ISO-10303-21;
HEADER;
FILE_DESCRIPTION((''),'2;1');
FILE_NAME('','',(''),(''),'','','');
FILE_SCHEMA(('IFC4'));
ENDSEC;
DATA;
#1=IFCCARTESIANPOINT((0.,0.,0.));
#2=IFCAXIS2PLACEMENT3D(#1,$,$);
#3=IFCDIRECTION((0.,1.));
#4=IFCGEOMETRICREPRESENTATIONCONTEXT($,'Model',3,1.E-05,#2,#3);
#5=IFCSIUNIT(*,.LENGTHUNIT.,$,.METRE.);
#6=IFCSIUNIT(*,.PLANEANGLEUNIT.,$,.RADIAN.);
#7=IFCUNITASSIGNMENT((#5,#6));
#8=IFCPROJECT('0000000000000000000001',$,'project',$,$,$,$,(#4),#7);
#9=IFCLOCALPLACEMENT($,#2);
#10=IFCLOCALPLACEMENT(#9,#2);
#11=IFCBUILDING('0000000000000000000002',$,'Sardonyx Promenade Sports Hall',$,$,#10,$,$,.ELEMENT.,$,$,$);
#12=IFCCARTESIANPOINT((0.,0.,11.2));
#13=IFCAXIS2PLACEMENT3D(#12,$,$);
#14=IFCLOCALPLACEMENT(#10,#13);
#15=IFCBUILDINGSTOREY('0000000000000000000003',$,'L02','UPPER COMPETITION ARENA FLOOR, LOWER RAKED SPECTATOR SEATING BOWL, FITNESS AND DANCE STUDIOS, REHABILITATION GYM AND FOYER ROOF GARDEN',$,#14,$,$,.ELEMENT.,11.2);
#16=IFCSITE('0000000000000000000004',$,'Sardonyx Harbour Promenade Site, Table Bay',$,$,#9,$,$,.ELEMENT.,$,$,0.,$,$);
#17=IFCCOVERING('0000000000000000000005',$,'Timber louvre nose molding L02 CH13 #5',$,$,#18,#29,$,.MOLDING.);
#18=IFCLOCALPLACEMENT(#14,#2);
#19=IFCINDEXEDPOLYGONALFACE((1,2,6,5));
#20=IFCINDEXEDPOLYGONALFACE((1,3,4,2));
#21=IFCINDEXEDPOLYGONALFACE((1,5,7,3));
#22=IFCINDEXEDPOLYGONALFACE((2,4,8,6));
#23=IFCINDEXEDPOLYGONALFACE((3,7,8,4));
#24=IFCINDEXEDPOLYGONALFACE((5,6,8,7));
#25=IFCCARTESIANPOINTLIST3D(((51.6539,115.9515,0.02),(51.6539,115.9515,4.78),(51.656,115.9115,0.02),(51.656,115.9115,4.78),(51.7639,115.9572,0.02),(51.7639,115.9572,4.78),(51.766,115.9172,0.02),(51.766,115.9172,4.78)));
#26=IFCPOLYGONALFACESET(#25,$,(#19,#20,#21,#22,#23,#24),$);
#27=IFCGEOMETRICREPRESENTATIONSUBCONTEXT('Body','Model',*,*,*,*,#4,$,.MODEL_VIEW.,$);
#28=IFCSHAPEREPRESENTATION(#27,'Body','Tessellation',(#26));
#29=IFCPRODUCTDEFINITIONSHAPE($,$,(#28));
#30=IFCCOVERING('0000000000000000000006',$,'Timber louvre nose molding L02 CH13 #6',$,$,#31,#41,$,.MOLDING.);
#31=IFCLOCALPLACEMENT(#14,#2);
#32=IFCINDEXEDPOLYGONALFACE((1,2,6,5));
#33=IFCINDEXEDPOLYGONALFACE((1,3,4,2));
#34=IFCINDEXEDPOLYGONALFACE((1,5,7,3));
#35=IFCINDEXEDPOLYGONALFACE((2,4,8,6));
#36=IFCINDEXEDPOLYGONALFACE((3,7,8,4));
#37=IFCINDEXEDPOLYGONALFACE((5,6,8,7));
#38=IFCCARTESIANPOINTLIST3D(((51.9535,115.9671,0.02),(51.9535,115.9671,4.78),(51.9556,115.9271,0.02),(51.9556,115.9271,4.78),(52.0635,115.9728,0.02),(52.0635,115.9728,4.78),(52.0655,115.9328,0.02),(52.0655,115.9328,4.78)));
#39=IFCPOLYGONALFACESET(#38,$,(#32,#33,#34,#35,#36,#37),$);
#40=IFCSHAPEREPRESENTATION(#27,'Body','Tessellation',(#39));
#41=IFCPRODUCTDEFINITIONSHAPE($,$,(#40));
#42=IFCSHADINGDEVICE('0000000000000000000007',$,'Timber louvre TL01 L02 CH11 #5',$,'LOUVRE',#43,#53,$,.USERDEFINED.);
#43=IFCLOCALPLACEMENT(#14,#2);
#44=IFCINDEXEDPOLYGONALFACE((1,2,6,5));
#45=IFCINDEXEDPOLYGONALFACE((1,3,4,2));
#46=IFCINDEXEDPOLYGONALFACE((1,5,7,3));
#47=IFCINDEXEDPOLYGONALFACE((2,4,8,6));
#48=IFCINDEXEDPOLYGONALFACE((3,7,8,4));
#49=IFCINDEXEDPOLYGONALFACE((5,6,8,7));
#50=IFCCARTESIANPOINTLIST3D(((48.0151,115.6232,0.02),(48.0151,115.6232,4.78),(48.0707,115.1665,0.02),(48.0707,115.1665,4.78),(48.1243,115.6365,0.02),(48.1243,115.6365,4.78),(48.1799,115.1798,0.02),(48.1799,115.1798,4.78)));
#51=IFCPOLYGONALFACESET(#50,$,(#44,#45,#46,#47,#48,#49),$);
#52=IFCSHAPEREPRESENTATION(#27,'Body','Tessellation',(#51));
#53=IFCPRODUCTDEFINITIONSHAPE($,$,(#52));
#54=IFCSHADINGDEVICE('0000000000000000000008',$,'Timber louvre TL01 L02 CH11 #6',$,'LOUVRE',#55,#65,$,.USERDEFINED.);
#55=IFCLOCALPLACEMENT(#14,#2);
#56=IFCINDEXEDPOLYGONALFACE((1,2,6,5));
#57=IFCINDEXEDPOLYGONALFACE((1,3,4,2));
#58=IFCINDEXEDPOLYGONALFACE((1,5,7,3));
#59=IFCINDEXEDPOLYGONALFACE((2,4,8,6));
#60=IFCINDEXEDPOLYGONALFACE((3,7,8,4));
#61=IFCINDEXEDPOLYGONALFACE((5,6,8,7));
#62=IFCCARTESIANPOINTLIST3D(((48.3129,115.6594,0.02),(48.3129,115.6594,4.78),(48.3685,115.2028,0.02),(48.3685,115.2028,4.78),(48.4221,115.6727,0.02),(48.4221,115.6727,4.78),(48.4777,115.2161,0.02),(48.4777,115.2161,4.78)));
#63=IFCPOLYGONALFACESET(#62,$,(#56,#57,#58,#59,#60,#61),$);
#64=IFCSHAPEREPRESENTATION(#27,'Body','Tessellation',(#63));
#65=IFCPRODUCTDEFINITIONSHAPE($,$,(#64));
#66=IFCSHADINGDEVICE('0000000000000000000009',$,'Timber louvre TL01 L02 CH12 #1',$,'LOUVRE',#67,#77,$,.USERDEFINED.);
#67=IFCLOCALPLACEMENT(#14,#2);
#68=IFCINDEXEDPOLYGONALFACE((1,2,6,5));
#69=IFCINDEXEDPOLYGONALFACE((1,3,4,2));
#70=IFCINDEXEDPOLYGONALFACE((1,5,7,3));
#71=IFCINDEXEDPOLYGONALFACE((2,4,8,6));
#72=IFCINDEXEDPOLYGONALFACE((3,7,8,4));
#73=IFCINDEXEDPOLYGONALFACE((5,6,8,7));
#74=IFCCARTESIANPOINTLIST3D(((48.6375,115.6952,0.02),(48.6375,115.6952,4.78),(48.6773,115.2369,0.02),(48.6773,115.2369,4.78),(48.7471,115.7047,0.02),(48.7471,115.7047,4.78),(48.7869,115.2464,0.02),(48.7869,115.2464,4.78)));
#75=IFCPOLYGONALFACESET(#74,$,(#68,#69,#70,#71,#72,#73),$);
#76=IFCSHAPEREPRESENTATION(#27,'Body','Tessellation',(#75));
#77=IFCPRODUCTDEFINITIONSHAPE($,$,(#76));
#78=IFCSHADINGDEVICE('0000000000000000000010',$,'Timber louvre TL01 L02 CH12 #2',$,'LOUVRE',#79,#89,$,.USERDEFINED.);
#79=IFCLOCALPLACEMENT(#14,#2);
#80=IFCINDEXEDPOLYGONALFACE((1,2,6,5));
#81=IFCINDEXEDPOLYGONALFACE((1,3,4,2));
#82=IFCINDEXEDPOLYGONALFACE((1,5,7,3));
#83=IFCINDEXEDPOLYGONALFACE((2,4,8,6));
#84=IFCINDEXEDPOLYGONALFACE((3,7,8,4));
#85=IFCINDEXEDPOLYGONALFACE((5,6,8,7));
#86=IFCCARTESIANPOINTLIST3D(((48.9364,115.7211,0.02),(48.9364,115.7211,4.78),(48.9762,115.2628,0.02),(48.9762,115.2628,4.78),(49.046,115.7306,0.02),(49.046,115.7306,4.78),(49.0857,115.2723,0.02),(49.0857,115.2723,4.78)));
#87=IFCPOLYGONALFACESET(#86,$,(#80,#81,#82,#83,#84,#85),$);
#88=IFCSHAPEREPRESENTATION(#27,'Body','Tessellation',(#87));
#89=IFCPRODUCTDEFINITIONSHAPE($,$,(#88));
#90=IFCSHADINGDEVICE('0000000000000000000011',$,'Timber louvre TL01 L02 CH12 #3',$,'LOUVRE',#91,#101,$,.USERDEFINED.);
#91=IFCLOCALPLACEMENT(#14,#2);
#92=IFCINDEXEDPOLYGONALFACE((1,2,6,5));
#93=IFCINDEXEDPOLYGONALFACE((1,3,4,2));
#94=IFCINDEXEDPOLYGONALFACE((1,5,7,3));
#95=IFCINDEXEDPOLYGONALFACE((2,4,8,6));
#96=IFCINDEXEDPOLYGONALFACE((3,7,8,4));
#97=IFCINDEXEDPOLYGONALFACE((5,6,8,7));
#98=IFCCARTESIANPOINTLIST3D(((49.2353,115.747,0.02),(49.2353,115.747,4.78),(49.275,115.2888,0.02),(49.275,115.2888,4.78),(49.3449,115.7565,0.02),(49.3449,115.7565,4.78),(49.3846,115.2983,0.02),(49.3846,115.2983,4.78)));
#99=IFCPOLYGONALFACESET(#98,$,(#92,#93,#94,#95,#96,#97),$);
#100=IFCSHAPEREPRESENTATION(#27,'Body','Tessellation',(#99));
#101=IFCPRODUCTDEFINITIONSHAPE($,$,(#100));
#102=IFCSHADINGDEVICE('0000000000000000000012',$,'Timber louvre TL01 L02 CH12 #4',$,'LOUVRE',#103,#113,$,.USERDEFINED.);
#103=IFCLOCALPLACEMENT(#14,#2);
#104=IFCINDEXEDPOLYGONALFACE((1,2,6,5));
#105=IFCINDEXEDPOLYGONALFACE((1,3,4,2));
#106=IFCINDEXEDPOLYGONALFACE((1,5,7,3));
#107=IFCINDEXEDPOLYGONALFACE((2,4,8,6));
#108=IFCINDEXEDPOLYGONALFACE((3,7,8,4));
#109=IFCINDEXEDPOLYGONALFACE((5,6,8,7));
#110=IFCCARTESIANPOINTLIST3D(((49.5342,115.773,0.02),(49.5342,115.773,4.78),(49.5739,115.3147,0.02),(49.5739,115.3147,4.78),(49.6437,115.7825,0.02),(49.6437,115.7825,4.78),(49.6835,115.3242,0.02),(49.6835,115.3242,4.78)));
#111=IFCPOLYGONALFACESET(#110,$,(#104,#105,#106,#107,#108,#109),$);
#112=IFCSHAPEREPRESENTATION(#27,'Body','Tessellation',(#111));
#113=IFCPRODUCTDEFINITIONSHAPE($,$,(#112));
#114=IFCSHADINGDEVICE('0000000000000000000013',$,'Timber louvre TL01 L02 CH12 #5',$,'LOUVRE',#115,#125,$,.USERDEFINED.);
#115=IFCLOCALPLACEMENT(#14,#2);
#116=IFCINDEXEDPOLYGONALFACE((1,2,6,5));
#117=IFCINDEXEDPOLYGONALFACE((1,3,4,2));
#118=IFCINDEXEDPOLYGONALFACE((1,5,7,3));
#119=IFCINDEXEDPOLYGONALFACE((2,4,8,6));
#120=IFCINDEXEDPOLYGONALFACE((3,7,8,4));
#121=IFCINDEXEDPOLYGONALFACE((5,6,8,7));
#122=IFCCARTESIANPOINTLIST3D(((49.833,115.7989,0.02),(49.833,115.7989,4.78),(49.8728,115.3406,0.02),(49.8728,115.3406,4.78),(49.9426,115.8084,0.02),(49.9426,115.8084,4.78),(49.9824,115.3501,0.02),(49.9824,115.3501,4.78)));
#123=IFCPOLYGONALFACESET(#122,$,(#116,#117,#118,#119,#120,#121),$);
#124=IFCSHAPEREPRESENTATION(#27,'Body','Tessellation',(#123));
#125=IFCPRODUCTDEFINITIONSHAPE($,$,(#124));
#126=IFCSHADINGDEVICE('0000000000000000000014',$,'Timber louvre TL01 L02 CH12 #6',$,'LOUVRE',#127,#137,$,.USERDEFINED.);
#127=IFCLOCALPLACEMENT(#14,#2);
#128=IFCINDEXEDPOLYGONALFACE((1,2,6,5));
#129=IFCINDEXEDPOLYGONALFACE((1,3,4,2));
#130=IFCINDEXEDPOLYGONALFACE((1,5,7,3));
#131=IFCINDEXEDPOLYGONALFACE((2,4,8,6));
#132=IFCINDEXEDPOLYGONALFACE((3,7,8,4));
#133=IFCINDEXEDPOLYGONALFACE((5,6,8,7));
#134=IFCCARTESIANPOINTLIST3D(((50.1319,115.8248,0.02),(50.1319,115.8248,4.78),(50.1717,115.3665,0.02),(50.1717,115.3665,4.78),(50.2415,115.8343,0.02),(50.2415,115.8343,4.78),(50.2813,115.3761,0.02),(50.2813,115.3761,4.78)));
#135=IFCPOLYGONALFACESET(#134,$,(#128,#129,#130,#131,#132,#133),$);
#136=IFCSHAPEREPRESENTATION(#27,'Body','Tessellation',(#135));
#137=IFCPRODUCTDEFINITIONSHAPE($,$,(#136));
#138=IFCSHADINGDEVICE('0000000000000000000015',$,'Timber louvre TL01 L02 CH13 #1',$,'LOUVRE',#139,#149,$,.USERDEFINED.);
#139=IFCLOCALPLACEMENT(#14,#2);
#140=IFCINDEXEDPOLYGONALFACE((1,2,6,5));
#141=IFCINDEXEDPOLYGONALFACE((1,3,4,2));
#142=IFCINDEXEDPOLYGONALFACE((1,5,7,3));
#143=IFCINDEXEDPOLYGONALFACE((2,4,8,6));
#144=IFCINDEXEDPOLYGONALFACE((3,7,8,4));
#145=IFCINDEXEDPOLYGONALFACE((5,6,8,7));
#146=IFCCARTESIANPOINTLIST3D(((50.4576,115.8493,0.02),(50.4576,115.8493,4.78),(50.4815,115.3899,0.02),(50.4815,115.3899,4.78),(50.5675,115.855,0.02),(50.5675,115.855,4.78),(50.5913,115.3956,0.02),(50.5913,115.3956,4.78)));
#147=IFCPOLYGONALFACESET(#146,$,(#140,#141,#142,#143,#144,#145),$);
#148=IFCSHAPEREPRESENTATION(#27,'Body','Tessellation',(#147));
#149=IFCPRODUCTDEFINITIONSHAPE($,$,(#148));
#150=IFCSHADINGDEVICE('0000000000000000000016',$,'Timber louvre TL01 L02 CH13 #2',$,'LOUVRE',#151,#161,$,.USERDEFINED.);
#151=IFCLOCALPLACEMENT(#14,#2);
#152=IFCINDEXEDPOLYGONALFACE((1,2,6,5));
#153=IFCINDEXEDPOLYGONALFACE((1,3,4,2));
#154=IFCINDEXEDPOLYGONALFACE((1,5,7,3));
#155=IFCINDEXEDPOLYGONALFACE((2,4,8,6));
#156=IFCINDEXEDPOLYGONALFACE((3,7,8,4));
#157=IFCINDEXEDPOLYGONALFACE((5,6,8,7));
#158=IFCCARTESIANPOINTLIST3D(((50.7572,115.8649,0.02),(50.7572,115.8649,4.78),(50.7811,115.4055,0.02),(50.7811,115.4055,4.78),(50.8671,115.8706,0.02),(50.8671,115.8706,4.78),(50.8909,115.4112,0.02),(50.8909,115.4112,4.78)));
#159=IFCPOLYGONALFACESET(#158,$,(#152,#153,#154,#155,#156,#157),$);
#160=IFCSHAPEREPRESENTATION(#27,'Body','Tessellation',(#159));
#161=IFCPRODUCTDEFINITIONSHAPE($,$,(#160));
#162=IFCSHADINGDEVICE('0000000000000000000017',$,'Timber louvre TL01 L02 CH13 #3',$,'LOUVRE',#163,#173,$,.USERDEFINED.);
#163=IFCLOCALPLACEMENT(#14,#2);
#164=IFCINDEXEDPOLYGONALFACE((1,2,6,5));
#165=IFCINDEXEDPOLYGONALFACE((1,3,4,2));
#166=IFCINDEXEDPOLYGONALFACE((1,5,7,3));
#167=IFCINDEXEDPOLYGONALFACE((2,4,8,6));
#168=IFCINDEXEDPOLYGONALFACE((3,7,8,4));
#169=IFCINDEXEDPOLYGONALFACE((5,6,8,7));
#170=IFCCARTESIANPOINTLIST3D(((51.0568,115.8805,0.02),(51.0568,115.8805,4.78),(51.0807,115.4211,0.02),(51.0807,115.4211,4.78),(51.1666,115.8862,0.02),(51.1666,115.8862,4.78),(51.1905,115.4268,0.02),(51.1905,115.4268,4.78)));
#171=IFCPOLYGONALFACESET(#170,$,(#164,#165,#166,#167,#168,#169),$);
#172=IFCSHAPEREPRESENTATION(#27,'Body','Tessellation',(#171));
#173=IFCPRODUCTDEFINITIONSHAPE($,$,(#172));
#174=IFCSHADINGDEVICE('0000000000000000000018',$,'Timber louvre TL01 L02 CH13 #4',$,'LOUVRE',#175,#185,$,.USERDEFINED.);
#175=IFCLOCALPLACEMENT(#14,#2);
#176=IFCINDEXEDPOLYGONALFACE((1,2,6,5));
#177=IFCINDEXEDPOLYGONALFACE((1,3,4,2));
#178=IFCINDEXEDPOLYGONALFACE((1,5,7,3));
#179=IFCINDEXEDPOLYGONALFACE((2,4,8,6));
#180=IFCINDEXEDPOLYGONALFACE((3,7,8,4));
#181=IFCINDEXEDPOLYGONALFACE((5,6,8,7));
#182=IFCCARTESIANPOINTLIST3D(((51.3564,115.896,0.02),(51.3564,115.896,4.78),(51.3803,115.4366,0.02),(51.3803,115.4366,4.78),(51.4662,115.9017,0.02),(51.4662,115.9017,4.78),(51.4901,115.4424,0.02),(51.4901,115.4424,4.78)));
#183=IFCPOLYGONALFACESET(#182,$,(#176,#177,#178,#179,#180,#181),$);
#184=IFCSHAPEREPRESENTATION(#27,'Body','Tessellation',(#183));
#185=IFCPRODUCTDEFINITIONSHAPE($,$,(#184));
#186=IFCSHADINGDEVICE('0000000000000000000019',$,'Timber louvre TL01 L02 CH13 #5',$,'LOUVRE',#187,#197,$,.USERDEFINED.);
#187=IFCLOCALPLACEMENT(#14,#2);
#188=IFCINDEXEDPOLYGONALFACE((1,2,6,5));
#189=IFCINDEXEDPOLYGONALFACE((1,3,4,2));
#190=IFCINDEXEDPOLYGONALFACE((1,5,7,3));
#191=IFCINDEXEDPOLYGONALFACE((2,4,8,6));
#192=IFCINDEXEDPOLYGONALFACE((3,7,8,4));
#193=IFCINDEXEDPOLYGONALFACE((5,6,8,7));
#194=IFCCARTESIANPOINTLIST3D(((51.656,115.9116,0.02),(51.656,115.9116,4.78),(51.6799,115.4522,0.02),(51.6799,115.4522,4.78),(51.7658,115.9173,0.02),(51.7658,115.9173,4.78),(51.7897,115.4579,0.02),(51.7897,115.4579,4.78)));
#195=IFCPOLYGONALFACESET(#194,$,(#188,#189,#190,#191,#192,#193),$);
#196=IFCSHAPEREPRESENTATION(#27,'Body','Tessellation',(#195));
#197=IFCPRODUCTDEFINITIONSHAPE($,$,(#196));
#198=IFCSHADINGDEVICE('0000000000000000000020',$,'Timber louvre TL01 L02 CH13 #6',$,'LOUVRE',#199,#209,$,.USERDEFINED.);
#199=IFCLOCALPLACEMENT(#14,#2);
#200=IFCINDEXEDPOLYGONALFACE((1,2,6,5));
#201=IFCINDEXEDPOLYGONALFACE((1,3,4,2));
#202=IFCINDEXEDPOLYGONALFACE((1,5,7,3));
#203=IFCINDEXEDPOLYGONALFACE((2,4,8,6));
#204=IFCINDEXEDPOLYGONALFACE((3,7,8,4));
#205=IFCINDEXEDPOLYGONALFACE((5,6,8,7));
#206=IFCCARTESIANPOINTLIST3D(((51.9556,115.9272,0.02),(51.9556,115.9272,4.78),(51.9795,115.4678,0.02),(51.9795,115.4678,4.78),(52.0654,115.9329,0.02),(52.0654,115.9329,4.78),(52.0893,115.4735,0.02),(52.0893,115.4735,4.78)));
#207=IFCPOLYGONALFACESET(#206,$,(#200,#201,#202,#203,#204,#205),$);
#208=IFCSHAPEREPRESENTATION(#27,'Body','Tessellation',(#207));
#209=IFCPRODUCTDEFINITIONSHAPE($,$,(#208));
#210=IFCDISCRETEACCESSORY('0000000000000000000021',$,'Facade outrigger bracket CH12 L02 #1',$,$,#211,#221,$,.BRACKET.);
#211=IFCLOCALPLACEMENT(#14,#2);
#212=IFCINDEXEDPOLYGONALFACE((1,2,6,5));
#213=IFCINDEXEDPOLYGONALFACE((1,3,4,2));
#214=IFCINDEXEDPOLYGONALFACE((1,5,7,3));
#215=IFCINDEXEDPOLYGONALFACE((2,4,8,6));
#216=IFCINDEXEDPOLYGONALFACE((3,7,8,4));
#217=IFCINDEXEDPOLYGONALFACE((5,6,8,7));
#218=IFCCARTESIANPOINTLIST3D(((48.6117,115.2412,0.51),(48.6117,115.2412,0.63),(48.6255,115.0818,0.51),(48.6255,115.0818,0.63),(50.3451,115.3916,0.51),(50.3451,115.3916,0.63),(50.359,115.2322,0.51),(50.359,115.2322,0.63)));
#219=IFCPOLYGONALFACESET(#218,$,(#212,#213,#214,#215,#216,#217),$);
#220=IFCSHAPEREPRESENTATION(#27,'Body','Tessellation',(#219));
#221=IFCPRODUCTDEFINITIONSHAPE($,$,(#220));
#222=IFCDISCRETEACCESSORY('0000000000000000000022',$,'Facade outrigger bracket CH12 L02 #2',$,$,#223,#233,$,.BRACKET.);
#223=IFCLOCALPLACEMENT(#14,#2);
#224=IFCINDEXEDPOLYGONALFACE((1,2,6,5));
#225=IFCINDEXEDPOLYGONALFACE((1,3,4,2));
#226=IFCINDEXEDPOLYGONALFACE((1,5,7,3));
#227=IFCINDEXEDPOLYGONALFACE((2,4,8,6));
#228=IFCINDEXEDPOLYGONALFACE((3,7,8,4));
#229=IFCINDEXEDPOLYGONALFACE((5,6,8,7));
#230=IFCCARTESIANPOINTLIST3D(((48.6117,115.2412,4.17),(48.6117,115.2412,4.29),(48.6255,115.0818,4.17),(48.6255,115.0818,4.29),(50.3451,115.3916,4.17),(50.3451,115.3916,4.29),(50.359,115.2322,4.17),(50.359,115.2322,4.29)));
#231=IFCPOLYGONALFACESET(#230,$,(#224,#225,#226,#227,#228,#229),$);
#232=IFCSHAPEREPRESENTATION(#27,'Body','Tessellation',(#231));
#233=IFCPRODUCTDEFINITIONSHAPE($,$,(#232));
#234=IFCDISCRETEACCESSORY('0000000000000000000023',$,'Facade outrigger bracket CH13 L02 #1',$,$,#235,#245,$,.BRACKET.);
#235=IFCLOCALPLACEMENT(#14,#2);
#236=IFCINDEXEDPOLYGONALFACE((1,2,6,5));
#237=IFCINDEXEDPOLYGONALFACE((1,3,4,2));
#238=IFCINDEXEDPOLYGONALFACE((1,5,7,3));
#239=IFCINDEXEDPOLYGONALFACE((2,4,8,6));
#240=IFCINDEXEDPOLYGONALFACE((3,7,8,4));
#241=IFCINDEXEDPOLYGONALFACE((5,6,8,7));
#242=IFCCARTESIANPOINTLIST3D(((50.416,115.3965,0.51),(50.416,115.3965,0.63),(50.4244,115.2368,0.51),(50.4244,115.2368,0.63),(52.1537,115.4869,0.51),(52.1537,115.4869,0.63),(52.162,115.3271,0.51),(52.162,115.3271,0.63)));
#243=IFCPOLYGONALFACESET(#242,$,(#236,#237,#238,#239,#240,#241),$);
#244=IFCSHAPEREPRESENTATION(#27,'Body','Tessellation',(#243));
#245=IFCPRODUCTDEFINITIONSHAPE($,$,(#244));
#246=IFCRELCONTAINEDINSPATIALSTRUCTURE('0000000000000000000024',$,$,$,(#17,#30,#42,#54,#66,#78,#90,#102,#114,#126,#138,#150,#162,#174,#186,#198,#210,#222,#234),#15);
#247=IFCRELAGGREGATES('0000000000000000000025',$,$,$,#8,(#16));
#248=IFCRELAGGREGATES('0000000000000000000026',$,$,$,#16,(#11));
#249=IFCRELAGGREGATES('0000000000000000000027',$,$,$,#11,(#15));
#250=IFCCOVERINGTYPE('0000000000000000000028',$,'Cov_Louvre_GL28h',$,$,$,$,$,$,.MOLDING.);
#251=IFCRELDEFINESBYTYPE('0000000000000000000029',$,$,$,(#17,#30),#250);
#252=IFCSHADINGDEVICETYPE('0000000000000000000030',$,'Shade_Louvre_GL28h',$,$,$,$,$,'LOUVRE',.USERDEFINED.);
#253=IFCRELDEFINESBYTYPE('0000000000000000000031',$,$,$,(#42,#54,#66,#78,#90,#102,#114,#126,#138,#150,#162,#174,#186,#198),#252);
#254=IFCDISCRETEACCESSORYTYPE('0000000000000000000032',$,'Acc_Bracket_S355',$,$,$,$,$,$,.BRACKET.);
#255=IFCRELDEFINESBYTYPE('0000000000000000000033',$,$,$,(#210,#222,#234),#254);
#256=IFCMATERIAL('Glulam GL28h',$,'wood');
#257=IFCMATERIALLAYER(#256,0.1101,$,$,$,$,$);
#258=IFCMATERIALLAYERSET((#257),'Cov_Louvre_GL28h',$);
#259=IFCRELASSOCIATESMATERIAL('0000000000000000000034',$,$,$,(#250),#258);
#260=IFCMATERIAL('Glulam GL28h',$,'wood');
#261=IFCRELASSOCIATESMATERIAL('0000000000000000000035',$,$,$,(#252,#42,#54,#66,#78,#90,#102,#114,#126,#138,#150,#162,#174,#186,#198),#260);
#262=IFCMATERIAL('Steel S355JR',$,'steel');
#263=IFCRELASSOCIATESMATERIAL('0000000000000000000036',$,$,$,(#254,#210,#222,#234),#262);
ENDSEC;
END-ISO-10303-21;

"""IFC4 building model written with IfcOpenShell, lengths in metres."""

from ifc_helpers import new_model, si_unit, direction, frame, origin, origin_2d, place, context, subcontext, project, spatial, rectangle, extrude, material, layer, layer_set, type_object, element, save


model = new_model("IFC4")

# Units and contexts
model_context = context("Model", 3, precision=1e-05, world=origin(), true_north=direction((0.0, 1.0)))
body_context = subcontext(model_context, "Body", "Model", "MODEL_VIEW")
ifc_project = project(units=[si_unit("LENGTHUNIT", "METRE"), si_unit("PLANEANGLEUNIT", "RADIAN")], contexts=[model_context])

# Site, building, storey
site_placement = place(None, origin())
site = spatial("IfcSite", under=ifc_project, at=site_placement, Name="Sardonyx Harbour Promenade Site, Table Bay", CompositionType="ELEMENT", RefElevation=0.0)
building_placement = place(site_placement, origin())
building = spatial("IfcBuilding", under=site, at=building_placement, Name="Sardonyx Promenade Sports Hall", CompositionType="ELEMENT")
storey_placement = place(building_placement, frame((0.0, 0.0, 11.2)))
storey = spatial("IfcBuildingStorey", under=building, at=storey_placement, Name="L02", Description="UPPER COMPETITION ARENA FLOOR, LOWER RAKED SPECTATOR SEATING BOWL, FITNESS AND DANCE STUDIOS, REHABILITATION GYM AND FOYER ROOF GARDEN", CompositionType="ELEMENT", Elevation=11.2)

# Coverings
ifc_material_1 = material(Name="Glulam GL28h", Category="wood")
ifc_layer_1 = layer(ifc_material_1, 0.1101)
ifc_layer_set_1 = layer_set([ifc_layer_1], Name="Cov_Louvre_GL28h")
covering_type = type_object("IfcCoveringType", Name="Cov_Louvre_GL28h", PredefinedType="MOLDING", material=ifc_layer_set_1)
for number, where, z_axis, x_axis, name in (
    (1, (51.71, 115.9343, 0.02), (0.0, 0.0, 1.0), (0.998652, 0.051902, 0.0), "Timber louvre nose molding L02 CH13 #5"),
    (2, (52.0095, 115.95, 0.02), (0.0, 0.0, 1.0), (0.998652, 0.051902, 0.0), "Timber louvre nose molding L02 CH13 #6"),
):
    element("IfcCovering", number, at=place(storey_placement, frame(where, z_axis=z_axis, x_axis=x_axis)), inside=storey, type_object=covering_type, Name=name, PredefinedType="MOLDING", context=body_context, shape_type="SweptSolid", body=[
        extrude(rectangle(XDim=0.1101, YDim=0.04, at=origin_2d()), origin(), (0.0, 0.0, 1.0), 4.76),
    ])

# Shading devices
ifc_material_2 = material(Name="Glulam GL28h", Category="wood")
shading_device_type = type_object("IfcShadingDeviceType", Name="Shade_Louvre_GL28h", ElementType="LOUVRE", PredefinedType="USERDEFINED", material=ifc_material_2)
for number, where, z_axis, x_axis, name in (
    (3, (48.0975, 115.4015, 0.02), (0.0, 0.0, 1.0), (0.992669, 0.120863, 0.0), "Timber louvre TL01 L02 CH11 #5"),
    (4, (48.3953, 115.4378, 0.02), (0.0, 0.0, 1.0), (0.992669, 0.120863, 0.0), "Timber louvre TL01 L02 CH11 #6"),
    (5, (48.7122, 115.4708, 0.02), (0.0, 0.0, 1.0), (0.996258, 0.086434, 0.0), "Timber louvre TL01 L02 CH12 #1"),
    (6, (49.0111, 115.4967, 0.02), (0.0, 0.0, 1.0), (0.996258, 0.086434, 0.0), "Timber louvre TL01 L02 CH12 #2"),
    (7, (49.31, 115.5226, 0.02), (0.0, 0.0, 1.0), (0.996258, 0.086434, 0.0), "Timber louvre TL01 L02 CH12 #3"),
    (8, (49.6088, 115.5486, 0.02), (0.0, 0.0, 1.0), (0.996258, 0.086434, 0.0), "Timber louvre TL01 L02 CH12 #4"),
    (9, (49.9077, 115.5745, 0.02), (0.0, 0.0, 1.0), (0.996258, 0.086434, 0.0), "Timber louvre TL01 L02 CH12 #5"),
    (10, (50.2066, 115.6004, 0.02), (0.0, 0.0, 1.0), (0.996258, 0.086434, 0.0), "Timber louvre TL01 L02 CH12 #6"),
    (11, (50.5245, 115.6225, 0.02), (0.0, 0.0, 1.0), (0.998652, 0.051902, 0.0), "Timber louvre TL01 L02 CH13 #1"),
    (12, (50.8241, 115.6381, 0.02), (0.0, 0.0, 1.0), (0.998652, 0.051902, 0.0), "Timber louvre TL01 L02 CH13 #2"),
    (13, (51.1237, 115.6536, 0.02), (0.0, 0.0, 1.0), (0.998652, 0.051902, 0.0), "Timber louvre TL01 L02 CH13 #3"),
    (14, (51.4233, 115.6692, 0.02), (0.0, 0.0, 1.0), (0.998652, 0.051902, 0.0), "Timber louvre TL01 L02 CH13 #4"),
    (15, (51.7228, 115.6848, 0.02), (0.0, 0.0, 1.0), (0.998652, 0.051902, 0.0), "Timber louvre TL01 L02 CH13 #5"),
    (16, (52.0224, 115.7003, 0.02), (0.0, 0.0, 1.0), (0.998652, 0.051902, 0.0), "Timber louvre TL01 L02 CH13 #6"),
):
    element("IfcShadingDevice", number, at=place(storey_placement, frame(where, z_axis=z_axis, x_axis=x_axis)), inside=storey, type_object=shading_device_type, material=ifc_material_2, Name=name, ObjectType="LOUVRE", PredefinedType="USERDEFINED", context=body_context, shape_type="SweptSolid", body=[
        extrude(rectangle(XDim=0.11, YDim=0.46), origin(), (0.0, 0.0, 1.0), 4.76),
    ])

# Discrete accessories
ifc_material_3 = material(Name="Steel S355JR", Category="steel")
discrete_accessory_type = type_object("IfcDiscreteAccessoryType", Name="Acc_Bracket_S355", PredefinedType="BRACKET", material=ifc_material_3)
for number, where, z_axis, x_axis, name in (
    (17, (49.4853, 115.2367, 0.51), (0.0, 0.0, 1.0), (0.996258, 0.086434, 0.0), "Facade outrigger bracket CH12 L02 #1"),
    (18, (49.4853, 115.2367, 4.17), (0.0, 0.0, 1.0), (0.996258, 0.086434, 0.0), "Facade outrigger bracket CH12 L02 #2"),
    (19, (51.289, 115.3618, 0.51), (0.0, 0.0, 1.0), (0.998652, 0.051902, 0.0), "Facade outrigger bracket CH13 L02 #1"),
):
    element("IfcDiscreteAccessory", number, at=place(storey_placement, frame(where, z_axis=z_axis, x_axis=x_axis)), inside=storey, type_object=discrete_accessory_type, material=ifc_material_3, Name=name, PredefinedType="BRACKET", context=body_context, shape_type="SweptSolid", body=[
        extrude(rectangle(XDim=1.74, YDim=0.16), origin(), (0.0, 0.0, 1.0), 0.12),
    ])

save(model, "model.ifc")
